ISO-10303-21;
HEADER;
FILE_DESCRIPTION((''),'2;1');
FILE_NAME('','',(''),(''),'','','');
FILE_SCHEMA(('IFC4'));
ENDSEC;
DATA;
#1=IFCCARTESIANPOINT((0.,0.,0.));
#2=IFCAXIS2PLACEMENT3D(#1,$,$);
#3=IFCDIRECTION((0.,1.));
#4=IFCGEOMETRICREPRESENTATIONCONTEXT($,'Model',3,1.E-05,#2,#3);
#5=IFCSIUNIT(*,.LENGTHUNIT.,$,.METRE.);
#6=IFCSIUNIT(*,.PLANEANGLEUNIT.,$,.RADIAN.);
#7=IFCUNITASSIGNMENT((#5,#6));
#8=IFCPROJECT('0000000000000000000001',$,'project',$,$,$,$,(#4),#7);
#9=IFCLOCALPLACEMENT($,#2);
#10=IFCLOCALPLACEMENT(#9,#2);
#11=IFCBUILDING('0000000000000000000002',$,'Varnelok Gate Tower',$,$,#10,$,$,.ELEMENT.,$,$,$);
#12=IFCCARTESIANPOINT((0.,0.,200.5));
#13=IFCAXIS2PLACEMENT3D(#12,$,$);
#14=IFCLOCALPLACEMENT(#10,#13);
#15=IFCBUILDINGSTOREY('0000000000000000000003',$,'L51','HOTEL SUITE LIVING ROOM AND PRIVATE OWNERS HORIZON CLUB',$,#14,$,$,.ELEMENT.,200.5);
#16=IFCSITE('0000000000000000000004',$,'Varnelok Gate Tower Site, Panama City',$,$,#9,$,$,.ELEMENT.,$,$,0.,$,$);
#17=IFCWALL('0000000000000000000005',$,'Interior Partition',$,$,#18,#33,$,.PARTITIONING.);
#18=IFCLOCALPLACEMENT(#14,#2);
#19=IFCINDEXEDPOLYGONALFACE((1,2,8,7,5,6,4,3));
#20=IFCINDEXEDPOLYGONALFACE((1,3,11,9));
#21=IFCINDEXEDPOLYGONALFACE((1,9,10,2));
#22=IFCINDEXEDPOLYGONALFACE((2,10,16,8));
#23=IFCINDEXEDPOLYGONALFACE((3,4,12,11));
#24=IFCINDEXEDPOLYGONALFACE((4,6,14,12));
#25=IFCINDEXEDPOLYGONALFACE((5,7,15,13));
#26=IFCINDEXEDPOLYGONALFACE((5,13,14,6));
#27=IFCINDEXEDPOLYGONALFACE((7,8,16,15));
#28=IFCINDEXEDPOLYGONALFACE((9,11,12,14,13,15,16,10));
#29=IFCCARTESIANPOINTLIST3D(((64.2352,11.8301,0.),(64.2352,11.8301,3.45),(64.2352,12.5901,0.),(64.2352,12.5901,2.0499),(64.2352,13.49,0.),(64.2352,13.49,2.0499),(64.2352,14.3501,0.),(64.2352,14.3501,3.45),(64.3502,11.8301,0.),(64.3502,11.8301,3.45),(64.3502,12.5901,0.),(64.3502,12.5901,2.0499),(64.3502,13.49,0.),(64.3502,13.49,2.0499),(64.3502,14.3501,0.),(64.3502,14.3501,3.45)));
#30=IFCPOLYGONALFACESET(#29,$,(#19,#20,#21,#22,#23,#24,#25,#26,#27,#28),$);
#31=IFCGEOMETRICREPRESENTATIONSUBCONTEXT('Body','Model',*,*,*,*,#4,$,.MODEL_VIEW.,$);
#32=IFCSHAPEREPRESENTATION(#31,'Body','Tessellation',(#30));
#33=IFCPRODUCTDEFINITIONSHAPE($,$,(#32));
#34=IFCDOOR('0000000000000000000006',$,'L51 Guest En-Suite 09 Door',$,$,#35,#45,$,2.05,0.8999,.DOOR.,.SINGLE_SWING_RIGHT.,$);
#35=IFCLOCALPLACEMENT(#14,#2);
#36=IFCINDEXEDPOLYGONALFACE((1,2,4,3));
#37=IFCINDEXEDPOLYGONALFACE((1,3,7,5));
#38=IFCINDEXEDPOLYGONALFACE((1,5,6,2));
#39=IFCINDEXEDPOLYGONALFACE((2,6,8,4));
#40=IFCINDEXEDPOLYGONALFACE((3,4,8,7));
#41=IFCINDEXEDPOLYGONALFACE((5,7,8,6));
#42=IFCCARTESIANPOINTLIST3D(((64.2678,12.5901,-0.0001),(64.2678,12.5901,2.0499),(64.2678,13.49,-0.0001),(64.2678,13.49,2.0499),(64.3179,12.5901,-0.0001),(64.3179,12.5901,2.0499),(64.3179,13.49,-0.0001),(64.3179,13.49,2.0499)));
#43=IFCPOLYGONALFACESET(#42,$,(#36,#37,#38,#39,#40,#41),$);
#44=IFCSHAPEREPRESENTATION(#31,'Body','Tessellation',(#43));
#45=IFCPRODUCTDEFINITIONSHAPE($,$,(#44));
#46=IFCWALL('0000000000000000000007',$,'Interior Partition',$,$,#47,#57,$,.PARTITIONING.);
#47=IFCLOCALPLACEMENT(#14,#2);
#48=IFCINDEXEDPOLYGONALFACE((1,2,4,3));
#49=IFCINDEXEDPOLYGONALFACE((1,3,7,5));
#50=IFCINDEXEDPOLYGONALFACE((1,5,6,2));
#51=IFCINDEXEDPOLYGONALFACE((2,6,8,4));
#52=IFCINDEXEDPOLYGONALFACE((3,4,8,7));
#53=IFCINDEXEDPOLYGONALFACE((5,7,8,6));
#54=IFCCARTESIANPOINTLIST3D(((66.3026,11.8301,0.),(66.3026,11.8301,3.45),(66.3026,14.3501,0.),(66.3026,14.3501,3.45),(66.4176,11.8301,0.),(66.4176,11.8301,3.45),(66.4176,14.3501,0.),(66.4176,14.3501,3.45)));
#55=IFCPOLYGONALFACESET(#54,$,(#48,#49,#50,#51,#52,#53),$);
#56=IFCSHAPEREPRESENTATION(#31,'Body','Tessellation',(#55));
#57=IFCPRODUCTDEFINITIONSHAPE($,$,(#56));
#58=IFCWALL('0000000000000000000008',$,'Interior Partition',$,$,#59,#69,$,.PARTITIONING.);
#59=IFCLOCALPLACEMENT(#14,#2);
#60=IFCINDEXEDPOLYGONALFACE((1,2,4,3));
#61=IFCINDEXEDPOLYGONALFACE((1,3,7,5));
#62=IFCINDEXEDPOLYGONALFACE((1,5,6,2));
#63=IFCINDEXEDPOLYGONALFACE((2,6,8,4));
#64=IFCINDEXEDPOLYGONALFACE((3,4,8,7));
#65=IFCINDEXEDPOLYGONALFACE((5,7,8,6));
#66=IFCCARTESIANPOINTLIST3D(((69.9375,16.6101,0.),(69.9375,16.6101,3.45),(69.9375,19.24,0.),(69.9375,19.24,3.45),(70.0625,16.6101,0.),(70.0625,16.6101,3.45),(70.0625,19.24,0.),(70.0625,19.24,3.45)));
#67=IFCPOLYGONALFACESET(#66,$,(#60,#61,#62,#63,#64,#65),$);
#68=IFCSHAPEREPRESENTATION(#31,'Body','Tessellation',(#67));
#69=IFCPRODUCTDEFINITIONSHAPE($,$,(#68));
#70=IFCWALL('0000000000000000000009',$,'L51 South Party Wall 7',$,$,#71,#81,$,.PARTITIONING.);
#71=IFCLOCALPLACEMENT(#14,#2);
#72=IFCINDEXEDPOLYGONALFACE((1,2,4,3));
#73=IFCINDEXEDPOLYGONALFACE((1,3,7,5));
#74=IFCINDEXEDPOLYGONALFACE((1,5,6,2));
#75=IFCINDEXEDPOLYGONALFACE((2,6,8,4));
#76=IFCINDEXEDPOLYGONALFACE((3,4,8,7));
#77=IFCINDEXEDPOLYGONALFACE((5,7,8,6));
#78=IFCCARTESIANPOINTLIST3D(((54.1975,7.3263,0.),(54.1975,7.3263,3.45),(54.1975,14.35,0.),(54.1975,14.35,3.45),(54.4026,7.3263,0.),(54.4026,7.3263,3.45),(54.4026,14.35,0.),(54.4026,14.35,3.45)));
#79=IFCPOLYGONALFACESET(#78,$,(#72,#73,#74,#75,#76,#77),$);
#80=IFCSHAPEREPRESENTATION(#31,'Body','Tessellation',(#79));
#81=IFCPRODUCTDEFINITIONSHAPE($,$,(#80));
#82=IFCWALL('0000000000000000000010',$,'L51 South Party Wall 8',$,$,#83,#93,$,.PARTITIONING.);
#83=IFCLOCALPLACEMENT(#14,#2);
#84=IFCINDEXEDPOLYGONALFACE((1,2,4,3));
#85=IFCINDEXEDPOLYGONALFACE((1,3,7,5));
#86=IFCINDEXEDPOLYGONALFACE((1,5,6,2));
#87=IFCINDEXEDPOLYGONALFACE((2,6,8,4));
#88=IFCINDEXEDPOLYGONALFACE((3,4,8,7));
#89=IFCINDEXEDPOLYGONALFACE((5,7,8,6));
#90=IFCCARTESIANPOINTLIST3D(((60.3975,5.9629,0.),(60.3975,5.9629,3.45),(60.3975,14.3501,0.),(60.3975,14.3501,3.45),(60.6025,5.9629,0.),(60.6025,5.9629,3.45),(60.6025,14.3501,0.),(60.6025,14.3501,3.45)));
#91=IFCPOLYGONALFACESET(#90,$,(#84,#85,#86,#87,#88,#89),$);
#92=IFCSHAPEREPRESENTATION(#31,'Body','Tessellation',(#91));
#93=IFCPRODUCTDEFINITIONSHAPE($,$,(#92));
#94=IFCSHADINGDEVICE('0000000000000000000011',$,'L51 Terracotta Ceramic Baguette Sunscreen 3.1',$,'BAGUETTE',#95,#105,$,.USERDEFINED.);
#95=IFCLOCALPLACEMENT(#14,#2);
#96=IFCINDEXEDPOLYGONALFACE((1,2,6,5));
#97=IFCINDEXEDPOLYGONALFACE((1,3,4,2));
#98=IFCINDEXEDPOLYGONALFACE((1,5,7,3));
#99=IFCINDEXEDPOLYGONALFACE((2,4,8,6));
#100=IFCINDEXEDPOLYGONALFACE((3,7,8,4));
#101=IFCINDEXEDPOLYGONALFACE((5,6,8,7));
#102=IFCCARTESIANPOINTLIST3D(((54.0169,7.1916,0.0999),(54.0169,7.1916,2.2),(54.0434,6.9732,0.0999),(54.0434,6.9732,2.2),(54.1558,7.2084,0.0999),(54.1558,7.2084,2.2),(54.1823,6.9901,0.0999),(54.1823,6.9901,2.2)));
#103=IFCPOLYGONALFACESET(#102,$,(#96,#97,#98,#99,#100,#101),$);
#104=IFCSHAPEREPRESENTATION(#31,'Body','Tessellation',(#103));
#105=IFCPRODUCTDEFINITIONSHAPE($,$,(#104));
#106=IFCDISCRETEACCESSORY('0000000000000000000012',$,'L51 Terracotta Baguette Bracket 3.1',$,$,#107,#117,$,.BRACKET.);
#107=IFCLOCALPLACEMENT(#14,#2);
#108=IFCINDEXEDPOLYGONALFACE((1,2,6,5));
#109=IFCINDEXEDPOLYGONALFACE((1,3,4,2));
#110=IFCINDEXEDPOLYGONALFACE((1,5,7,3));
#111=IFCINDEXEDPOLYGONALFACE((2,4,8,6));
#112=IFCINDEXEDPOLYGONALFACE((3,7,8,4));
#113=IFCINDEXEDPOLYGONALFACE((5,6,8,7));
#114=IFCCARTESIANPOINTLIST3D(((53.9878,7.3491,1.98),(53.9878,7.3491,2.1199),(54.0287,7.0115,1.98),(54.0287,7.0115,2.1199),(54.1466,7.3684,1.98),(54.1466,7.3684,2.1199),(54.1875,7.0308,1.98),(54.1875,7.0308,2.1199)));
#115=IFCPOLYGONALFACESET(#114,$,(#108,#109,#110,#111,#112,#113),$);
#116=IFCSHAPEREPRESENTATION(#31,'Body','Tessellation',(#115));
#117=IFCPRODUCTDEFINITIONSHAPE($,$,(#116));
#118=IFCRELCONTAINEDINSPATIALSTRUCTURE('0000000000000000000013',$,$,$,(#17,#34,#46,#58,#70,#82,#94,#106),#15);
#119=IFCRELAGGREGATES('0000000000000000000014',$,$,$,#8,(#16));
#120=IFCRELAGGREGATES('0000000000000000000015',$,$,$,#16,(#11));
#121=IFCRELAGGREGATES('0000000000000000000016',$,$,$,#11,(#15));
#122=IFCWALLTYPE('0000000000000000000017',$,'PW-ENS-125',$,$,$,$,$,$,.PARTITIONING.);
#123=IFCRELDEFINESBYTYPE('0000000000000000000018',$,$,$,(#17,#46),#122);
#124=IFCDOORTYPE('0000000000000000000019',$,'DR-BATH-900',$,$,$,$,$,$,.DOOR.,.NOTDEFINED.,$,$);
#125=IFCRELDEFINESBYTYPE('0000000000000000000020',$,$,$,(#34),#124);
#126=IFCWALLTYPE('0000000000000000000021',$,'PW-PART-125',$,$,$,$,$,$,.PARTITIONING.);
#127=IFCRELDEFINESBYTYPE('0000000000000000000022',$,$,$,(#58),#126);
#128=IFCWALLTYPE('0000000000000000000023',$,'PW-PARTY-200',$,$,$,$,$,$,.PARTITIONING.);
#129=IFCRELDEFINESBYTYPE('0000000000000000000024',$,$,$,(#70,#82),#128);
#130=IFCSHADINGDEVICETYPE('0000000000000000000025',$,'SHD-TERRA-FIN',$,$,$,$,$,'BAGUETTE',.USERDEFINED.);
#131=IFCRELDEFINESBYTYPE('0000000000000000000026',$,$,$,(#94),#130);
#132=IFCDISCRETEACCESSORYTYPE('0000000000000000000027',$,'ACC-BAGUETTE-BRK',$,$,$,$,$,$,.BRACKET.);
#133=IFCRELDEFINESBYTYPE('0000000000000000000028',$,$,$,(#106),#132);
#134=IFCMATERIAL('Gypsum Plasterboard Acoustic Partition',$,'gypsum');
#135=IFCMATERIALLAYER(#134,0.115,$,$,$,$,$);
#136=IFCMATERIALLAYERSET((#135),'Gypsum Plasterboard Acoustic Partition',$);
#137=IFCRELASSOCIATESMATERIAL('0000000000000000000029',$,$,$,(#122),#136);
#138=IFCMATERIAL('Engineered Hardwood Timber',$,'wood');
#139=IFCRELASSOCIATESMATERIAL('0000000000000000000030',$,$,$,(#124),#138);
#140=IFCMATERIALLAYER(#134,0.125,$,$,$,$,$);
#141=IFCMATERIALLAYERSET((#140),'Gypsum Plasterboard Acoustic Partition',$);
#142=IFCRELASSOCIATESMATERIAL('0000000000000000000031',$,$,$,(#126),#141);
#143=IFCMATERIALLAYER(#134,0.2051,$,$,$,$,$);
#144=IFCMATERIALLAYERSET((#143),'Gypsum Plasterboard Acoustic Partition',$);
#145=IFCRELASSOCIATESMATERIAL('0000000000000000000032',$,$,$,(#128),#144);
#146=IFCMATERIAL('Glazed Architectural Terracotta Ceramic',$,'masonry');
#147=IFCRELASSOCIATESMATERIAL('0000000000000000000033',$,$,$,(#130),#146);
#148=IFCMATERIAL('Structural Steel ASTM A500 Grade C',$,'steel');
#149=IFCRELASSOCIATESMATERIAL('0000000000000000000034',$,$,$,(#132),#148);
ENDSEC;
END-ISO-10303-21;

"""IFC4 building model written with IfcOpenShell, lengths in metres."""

from ifc_helpers import new_model, si_unit, direction, frame, frame_2d, origin, origin_2d, place, context, subcontext, project, spatial, rectangle, extrude, source, transform, mapped, material, layer, layer_set, type_object, element, fill, save


model = new_model("IFC4")

# Units and contexts
model_context = context("Model", 3, precision=1e-05, world=origin(), true_north=direction((0.0, 1.0)))
body_context = subcontext(model_context, "Body", "Model", "MODEL_VIEW")
ifc_project = project(units=[si_unit("LENGTHUNIT", "METRE"), si_unit("PLANEANGLEUNIT", "RADIAN")], contexts=[model_context])

# Site, building, storey
site_placement = place(None, origin())
site = spatial("IfcSite", under=ifc_project, at=site_placement, Name="Varnelok Gate Tower Site, Panama City", CompositionType="ELEMENT", RefElevation=0.0)
building_placement = place(site_placement, origin())
building = spatial("IfcBuilding", under=site, at=building_placement, Name="Varnelok Gate Tower", CompositionType="ELEMENT")
storey_placement = place(building_placement, frame((0.0, 0.0, 200.5)))
storey = spatial("IfcBuildingStorey", under=building, at=storey_placement, Name="L51", Description="HOTEL SUITE LIVING ROOM AND PRIVATE OWNERS HORIZON CLUB", CompositionType="ELEMENT", Elevation=200.5)

# Shared definitions
ifc_material_1 = material(Name="Gypsum Plasterboard Acoustic Partition", Category="gypsum")
ifc_material_2 = material(Name="Engineered Hardwood Timber", Category="wood")

# Shared definitions
ifc_layer_1 = layer(ifc_material_1, 0.115)
ifc_layer_set_1 = layer_set([ifc_layer_1], Name="Gypsum Plasterboard Acoustic Partition")
wall_type_1 = type_object("IfcWallType", Name="PW-ENS-125", PredefinedType="PARTITIONING", material=ifc_layer_set_1)

# Shared definitions
door_type_1 = type_object("IfcDoorType", Name="DR-BATH-900", OperationType="NOTDEFINED", PredefinedType="DOOR", material=ifc_material_2)

# Wall, opening, door
wall_1_placement = place(storey_placement, frame((64.2927, 11.8301, 0.0), z_axis=(0.0, 0.0, 1.0), x_axis=(0.0, 1.0, 0.0)))
wall_1 = element("IfcWall", 1, at=wall_1_placement, inside=storey, type_object=wall_type_1, Name="Interior Partition", PredefinedType="PARTITIONING", context=body_context, shape_type="SweptSolid", body=[
    extrude(rectangle(XDim=2.52, YDim=0.115, at=frame_2d((1.26, 0.0))), origin(), (0.0, 0.0, 1.0), 3.45),
])
opening_1_placement = place(wall_1_placement, frame((0.76, 0.0, 0.0)))
opening_1 = element("IfcOpeningElement", 2, at=opening_1_placement, cuts=wall_1, PredefinedType="OPENING", context=body_context, shape_type="SweptSolid", body=[
    extrude(rectangle(XDim=0.8999, YDim=2.05, at=frame_2d((0.45, 1.0249))), frame((0.0, 0.0674, 0.0), z_axis=(0.0, -1.0, 0.0), x_axis=(1.0, 0.0, 0.0)), (0.0, 0.0, 1.0), 0.135),
])
door_1_placement = place(opening_1_placement, origin())
door_1 = element("IfcDoor", 3, at=door_1_placement, inside=storey, type_object=door_type_1, Name="L51 Guest En-Suite 09 Door", OperationType="SINGLE_SWING_RIGHT", OverallHeight=2.05, OverallWidth=0.8999, PredefinedType="DOOR", context=body_context, shape_type="SweptSolid", body=[
    extrude(rectangle(XDim=0.8999, YDim=2.05, at=frame_2d((0.45, 1.0249))), frame((0.0, 0.0249, 0.0), z_axis=(0.0, -1.0, 0.0), x_axis=(1.0, 0.0, 0.0)), (0.0, 0.0, 1.0), 0.05),
])
fill(opening_1, door_1)

# Walls
wall_2_placement = place(storey_placement, frame((66.3601, 11.8301, 0.0), z_axis=(0.0, 0.0, 1.0), x_axis=(0.0, 1.0, 0.0)))
element("IfcWall", 4, at=wall_2_placement, inside=storey, type_object=wall_type_1, Name="Interior Partition", PredefinedType="PARTITIONING", context=body_context, shape_type="SweptSolid", body=[
    extrude(rectangle(XDim=2.52, YDim=0.115, at=frame_2d((1.26, 0.0))), origin(), (0.0, 0.0, 1.0), 3.45),
])
ifc_layer_2 = layer(ifc_material_1, 0.125)
ifc_layer_set_2 = layer_set([ifc_layer_2], Name="Gypsum Plasterboard Acoustic Partition")
wall_type_2 = type_object("IfcWallType", Name="PW-PART-125", PredefinedType="PARTITIONING", material=ifc_layer_set_2)
wall_3_placement = place(storey_placement, frame((70.0, 16.6101, 0.0), z_axis=(0.0, 0.0, 1.0), x_axis=(0.0, 1.0, 0.0)))
element("IfcWall", 5, at=wall_3_placement, inside=storey, type_object=wall_type_2, Name="Interior Partition", PredefinedType="PARTITIONING", context=body_context, shape_type="SweptSolid", body=[
    extrude(rectangle(XDim=2.6299, YDim=0.125, at=frame_2d((1.3149, 0.0))), origin(), (0.0, 0.0, 1.0), 3.45),
])
ifc_layer_3 = layer(ifc_material_1, 0.2051)
ifc_layer_set_3 = layer_set([ifc_layer_3], Name="Gypsum Plasterboard Acoustic Partition")
wall_type_3 = type_object("IfcWallType", Name="PW-PARTY-200", PredefinedType="PARTITIONING", material=ifc_layer_set_3)
wall_4_placement = place(storey_placement, frame((54.3, 7.3264, 0.0), z_axis=(0.0, 0.0, 1.0), x_axis=(0.0, 1.0, 0.0)))
element("IfcWall", 6, at=wall_4_placement, inside=storey, type_object=wall_type_3, Name="L51 South Party Wall 7", PredefinedType="PARTITIONING", context=body_context, shape_type="SweptSolid", body=[
    extrude(rectangle(XDim=7.0237, YDim=0.2051, at=frame_2d((3.5117, 0.0))), origin(), (0.0, 0.0, 1.0), 3.45),
])
wall_5_placement = place(storey_placement, frame((60.5, 5.9629, 0.0), z_axis=(0.0, 0.0, 1.0), x_axis=(0.0, 1.0, 0.0)))
element("IfcWall", 7, at=wall_5_placement, inside=storey, type_object=wall_type_3, Name="L51 South Party Wall 8", PredefinedType="PARTITIONING", context=body_context, shape_type="SweptSolid", body=[
    extrude(rectangle(XDim=8.3872, YDim=0.2051, at=frame_2d((4.1936, 0.0))), origin(), (0.0, 0.0, 1.0), 3.45),
])

# Shading device
ifc_material_3 = material(Name="Glazed Architectural Terracotta Ceramic", Category="masonry")
shading_device_type = type_object("IfcShadingDeviceType", Name="SHD-TERRA-FIN", ElementType="BAGUETTE", PredefinedType="USERDEFINED", material=ifc_material_3)
shared_shape_1 = source(origin(), body_context, "Body", "SweptSolid", [
    extrude(rectangle(XDim=0.1399, YDim=0.22, at=origin_2d()), origin(), (0.0, 0.0, 1.0), 2.1001),
])
shading_device_placement = place(storey_placement, frame((54.0996, 7.0908, 0.0999), z_axis=(0.0, 0.0, 1.0), x_axis=(0.992732, 0.120345, 0.0)))
element("IfcShadingDevice", 8, at=shading_device_placement, inside=storey, type_object=shading_device_type, Name="L51 Terracotta Ceramic Baguette Sunscreen 3.1", ObjectType="BAGUETTE", PredefinedType="USERDEFINED", context=body_context, shape_type="MappedRepresentation", body=[
    mapped(shared_shape_1, transform((0.0, 0.0, 0.0), scale=1.0)),
])

# Discrete accessory
ifc_material_4 = material(Name="Structural Steel ASTM A500 Grade C", Category="steel")
discrete_accessory_type = type_object("IfcDiscreteAccessoryType", Name="ACC-BAGUETTE-BRK", PredefinedType="BRACKET", material=ifc_material_4)
shared_shape_2 = source(origin(), body_context, "Body", "SweptSolid", [
    extrude(rectangle(XDim=0.1599, YDim=0.3401, at=origin_2d()), origin(), (0.0, 0.0, 1.0), 0.1399),
])
discrete_accessory_placement = place(storey_placement, frame((54.0876, 7.1899, 1.98), z_axis=(0.0, 0.0, 1.0), x_axis=(0.992732, 0.120345, 0.0)))
element("IfcDiscreteAccessory", 9, at=discrete_accessory_placement, inside=storey, type_object=discrete_accessory_type, Name="L51 Terracotta Baguette Bracket 3.1", PredefinedType="BRACKET", context=body_context, shape_type="MappedRepresentation", body=[
    mapped(shared_shape_2, transform((0.0, 0.0, 0.0), scale=1.0)),
])

save(model, "model.ifc")
